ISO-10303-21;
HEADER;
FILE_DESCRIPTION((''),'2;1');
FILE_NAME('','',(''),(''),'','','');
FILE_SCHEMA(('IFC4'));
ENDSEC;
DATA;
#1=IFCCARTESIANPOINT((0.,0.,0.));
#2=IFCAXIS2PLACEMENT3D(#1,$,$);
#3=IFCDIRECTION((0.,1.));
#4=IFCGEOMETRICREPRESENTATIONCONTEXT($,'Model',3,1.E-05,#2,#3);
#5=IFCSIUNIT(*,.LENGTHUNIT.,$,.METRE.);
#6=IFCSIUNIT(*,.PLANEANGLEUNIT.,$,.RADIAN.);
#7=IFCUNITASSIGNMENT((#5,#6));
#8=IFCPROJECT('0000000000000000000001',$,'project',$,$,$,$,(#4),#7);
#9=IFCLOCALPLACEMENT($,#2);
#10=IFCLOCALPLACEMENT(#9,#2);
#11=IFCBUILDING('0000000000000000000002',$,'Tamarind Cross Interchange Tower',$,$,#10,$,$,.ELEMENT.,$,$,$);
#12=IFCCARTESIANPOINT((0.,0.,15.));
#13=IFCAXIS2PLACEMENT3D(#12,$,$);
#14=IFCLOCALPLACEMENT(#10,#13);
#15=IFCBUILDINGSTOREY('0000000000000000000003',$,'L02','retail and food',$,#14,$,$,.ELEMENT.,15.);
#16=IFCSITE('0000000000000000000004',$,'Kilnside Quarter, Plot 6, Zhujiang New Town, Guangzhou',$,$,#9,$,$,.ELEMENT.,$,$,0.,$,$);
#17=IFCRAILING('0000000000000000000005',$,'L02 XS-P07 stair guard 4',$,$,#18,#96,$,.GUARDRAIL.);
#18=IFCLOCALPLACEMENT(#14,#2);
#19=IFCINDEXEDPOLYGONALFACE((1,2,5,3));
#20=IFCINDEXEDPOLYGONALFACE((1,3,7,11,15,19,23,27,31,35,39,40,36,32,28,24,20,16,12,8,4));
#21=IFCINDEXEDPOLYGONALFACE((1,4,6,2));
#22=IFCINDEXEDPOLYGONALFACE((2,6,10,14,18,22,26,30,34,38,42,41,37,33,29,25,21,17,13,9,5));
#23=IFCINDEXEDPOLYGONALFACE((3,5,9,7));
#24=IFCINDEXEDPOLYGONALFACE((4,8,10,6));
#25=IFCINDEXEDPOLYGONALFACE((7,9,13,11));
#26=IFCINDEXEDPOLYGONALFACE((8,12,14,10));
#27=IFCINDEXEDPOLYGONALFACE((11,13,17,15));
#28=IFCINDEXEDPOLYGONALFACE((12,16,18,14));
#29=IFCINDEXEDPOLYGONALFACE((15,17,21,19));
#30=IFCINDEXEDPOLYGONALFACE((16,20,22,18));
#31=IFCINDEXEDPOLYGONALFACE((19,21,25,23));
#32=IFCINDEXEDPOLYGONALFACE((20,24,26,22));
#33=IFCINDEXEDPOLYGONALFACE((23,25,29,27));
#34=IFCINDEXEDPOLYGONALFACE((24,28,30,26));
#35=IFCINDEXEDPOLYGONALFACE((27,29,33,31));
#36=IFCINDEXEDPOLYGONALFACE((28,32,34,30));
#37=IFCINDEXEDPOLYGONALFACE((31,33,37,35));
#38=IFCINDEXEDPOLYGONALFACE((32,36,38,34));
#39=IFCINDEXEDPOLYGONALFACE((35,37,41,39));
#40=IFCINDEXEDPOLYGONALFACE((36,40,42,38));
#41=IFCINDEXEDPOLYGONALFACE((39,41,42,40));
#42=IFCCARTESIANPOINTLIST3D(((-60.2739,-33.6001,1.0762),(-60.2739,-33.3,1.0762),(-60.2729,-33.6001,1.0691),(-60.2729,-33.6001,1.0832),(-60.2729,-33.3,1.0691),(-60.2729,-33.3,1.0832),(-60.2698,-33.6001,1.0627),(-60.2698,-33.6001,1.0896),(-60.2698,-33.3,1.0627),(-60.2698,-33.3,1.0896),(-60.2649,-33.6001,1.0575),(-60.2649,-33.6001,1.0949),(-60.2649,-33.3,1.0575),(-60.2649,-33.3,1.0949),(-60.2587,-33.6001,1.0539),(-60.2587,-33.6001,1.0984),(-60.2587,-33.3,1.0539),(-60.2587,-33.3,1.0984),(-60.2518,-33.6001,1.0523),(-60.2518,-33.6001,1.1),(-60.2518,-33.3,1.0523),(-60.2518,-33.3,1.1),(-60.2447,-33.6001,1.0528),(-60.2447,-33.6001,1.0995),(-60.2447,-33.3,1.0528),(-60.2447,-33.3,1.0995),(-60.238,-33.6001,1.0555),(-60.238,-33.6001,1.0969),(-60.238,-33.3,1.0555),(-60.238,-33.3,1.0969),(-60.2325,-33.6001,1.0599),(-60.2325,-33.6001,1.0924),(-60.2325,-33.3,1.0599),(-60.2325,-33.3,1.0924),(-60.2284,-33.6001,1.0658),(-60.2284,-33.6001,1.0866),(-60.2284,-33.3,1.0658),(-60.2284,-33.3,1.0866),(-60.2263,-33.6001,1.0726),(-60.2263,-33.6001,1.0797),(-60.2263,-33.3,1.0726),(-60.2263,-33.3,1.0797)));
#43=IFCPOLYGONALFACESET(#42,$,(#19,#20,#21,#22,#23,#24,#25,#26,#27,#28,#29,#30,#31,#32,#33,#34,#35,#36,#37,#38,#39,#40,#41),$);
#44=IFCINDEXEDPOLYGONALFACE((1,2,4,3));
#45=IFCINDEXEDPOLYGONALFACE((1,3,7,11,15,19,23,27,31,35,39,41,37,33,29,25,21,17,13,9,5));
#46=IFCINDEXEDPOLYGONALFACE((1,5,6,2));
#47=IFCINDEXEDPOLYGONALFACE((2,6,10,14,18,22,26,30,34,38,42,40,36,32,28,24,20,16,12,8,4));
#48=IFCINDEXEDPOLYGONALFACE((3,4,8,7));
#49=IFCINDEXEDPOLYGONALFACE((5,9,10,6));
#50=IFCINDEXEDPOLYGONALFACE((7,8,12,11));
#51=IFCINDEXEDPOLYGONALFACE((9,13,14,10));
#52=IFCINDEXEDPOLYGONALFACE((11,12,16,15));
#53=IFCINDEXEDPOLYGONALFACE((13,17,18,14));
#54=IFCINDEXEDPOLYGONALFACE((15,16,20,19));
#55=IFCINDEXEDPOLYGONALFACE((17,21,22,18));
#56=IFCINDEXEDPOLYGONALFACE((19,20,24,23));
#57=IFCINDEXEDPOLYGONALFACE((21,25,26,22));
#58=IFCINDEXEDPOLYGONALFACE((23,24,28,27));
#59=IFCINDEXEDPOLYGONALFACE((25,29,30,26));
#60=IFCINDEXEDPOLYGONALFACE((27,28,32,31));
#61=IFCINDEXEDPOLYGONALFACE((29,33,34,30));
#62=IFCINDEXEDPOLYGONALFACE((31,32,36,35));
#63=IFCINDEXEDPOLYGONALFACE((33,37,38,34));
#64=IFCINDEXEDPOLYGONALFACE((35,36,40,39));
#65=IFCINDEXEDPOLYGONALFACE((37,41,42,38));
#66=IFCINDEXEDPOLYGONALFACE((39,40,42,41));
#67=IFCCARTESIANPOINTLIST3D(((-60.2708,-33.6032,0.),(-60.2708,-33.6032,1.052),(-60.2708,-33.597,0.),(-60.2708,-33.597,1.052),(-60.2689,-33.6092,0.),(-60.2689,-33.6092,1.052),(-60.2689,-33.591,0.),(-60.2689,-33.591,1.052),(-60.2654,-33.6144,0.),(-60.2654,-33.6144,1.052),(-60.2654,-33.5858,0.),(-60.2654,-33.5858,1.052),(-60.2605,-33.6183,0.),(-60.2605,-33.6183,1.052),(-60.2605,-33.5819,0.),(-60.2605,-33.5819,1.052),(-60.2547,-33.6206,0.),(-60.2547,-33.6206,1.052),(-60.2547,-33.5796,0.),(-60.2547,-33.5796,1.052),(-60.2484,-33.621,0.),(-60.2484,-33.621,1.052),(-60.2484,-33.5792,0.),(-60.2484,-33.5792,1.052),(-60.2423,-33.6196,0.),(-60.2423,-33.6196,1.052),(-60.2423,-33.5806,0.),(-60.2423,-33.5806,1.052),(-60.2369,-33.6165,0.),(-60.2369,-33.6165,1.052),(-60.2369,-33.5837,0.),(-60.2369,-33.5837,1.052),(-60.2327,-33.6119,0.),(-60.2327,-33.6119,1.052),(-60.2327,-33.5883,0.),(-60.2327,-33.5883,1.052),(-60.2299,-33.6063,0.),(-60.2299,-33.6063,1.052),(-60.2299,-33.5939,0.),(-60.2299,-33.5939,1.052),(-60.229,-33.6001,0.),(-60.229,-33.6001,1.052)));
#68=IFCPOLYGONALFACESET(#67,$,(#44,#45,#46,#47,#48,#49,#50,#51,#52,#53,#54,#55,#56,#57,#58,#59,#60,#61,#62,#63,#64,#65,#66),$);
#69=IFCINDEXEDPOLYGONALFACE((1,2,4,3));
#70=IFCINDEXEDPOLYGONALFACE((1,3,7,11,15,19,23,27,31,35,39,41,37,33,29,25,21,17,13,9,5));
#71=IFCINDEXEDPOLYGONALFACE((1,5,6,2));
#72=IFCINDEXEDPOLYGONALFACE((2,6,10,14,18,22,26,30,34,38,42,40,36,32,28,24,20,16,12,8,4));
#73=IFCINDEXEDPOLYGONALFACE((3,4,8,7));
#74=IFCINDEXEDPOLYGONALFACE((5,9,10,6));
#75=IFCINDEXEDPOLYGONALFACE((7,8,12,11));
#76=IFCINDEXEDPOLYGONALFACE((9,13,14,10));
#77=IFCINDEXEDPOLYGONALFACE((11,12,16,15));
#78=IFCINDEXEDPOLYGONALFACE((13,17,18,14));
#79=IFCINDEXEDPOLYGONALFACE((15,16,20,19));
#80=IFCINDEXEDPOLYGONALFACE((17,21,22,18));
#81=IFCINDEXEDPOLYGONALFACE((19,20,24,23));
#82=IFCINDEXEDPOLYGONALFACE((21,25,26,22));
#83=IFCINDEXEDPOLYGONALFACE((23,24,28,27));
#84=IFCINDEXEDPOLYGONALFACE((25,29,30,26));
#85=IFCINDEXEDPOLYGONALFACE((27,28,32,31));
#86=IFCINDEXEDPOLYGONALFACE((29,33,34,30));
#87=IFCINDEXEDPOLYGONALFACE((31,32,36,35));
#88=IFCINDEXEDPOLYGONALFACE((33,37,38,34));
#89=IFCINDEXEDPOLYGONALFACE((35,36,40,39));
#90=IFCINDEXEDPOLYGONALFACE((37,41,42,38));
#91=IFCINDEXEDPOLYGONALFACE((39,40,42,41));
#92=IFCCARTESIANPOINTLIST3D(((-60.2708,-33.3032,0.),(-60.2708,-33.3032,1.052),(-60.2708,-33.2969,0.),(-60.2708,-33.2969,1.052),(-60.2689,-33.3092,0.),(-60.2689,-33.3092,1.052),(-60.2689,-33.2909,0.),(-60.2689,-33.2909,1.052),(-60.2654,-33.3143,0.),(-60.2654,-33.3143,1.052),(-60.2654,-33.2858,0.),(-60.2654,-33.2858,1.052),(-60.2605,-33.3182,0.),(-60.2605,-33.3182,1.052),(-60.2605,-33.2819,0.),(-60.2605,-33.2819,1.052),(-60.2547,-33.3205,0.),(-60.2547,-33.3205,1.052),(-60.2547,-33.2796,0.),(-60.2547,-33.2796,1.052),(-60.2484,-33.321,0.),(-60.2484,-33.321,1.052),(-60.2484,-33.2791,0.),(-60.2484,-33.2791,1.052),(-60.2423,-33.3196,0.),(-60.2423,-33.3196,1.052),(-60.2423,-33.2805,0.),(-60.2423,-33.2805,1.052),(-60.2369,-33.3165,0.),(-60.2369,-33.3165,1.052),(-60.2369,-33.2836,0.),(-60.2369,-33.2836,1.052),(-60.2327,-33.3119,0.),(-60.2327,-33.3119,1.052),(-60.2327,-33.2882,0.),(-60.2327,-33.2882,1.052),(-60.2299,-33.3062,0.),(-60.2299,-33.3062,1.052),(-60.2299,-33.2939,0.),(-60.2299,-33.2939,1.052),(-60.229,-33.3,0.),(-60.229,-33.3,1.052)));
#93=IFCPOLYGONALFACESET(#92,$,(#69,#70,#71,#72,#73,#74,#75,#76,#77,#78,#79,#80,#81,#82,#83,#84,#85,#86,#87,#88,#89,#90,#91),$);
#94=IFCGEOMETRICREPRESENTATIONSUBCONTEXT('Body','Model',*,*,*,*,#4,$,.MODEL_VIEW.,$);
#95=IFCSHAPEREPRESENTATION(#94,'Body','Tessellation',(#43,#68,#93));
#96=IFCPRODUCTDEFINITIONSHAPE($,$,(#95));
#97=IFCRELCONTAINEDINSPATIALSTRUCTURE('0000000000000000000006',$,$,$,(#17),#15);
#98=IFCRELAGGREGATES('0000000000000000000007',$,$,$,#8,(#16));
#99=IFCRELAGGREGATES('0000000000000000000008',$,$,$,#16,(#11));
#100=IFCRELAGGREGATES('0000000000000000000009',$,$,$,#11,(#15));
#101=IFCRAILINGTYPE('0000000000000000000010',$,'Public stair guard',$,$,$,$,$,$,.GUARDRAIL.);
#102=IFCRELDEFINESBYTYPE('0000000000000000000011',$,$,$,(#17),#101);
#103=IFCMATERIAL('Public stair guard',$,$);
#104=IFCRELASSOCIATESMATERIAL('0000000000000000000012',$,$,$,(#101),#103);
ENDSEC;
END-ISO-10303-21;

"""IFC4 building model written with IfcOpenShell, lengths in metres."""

from ifc_helpers import new_model, si_unit, direction, frame, origin, origin_2d, place, context, subcontext, project, spatial, circle, extrude, material, type_object, element, save


model = new_model("IFC4")

# Units and contexts
model_context = context("Model", 3, precision=1e-05, world=origin(), true_north=direction((0.0, 1.0)))
body_context = subcontext(model_context, "Body", "Model", "MODEL_VIEW")
ifc_project = project(units=[si_unit("LENGTHUNIT", "METRE"), si_unit("PLANEANGLEUNIT", "RADIAN")], contexts=[model_context])

# Site, building, storey
site_placement = place(None, origin())
site = spatial("IfcSite", under=ifc_project, at=site_placement, Name="Kilnside Quarter, Plot 6, Zhujiang New Town, Guangzhou", CompositionType="ELEMENT", RefElevation=0.0)
building_placement = place(site_placement, origin())
building = spatial("IfcBuilding", under=site, at=building_placement, Name="Tamarind Cross Interchange Tower", CompositionType="ELEMENT")
storey_placement = place(building_placement, frame((0.0, 0.0, 15.0)))
storey = spatial("IfcBuildingStorey", under=building, at=storey_placement, Name="L02", Description="retail and food", CompositionType="ELEMENT", Elevation=15.0)

# Railing
ifc_material_1 = material(Name="Public stair guard")
railing_type_1 = type_object("IfcRailingType", Name="Public stair guard", PredefinedType="GUARDRAIL", material=ifc_material_1)
railing_1_placement = place(storey_placement, frame((-60.25, -33.6001, 0.0)))
element("IfcRailing", 1, at=railing_1_placement, inside=storey, type_object=railing_type_1, Name="L02 XS-P07 stair guard 4", PredefinedType="GUARDRAIL", context=body_context, shape_type="SweptSolid", body=[
    extrude(circle(Radius=0.0239, at=origin_2d()), frame((0.0, 0.0, 1.0762), z_axis=(0.0, 1.0, 0.0), x_axis=(-1.0, 0.0, 0.0)), (0.0, 0.0, 1.0), 0.3),
    extrude(circle(Radius=0.021, at=origin_2d()), origin(), (0.0, 0.0, 1.0), 1.052),
    extrude(circle(Radius=0.021, at=origin_2d()), frame((0.0, 0.3, 0.0)), (0.0, 0.0, 1.0), 1.052),
])

save(model, "model.ifc")
